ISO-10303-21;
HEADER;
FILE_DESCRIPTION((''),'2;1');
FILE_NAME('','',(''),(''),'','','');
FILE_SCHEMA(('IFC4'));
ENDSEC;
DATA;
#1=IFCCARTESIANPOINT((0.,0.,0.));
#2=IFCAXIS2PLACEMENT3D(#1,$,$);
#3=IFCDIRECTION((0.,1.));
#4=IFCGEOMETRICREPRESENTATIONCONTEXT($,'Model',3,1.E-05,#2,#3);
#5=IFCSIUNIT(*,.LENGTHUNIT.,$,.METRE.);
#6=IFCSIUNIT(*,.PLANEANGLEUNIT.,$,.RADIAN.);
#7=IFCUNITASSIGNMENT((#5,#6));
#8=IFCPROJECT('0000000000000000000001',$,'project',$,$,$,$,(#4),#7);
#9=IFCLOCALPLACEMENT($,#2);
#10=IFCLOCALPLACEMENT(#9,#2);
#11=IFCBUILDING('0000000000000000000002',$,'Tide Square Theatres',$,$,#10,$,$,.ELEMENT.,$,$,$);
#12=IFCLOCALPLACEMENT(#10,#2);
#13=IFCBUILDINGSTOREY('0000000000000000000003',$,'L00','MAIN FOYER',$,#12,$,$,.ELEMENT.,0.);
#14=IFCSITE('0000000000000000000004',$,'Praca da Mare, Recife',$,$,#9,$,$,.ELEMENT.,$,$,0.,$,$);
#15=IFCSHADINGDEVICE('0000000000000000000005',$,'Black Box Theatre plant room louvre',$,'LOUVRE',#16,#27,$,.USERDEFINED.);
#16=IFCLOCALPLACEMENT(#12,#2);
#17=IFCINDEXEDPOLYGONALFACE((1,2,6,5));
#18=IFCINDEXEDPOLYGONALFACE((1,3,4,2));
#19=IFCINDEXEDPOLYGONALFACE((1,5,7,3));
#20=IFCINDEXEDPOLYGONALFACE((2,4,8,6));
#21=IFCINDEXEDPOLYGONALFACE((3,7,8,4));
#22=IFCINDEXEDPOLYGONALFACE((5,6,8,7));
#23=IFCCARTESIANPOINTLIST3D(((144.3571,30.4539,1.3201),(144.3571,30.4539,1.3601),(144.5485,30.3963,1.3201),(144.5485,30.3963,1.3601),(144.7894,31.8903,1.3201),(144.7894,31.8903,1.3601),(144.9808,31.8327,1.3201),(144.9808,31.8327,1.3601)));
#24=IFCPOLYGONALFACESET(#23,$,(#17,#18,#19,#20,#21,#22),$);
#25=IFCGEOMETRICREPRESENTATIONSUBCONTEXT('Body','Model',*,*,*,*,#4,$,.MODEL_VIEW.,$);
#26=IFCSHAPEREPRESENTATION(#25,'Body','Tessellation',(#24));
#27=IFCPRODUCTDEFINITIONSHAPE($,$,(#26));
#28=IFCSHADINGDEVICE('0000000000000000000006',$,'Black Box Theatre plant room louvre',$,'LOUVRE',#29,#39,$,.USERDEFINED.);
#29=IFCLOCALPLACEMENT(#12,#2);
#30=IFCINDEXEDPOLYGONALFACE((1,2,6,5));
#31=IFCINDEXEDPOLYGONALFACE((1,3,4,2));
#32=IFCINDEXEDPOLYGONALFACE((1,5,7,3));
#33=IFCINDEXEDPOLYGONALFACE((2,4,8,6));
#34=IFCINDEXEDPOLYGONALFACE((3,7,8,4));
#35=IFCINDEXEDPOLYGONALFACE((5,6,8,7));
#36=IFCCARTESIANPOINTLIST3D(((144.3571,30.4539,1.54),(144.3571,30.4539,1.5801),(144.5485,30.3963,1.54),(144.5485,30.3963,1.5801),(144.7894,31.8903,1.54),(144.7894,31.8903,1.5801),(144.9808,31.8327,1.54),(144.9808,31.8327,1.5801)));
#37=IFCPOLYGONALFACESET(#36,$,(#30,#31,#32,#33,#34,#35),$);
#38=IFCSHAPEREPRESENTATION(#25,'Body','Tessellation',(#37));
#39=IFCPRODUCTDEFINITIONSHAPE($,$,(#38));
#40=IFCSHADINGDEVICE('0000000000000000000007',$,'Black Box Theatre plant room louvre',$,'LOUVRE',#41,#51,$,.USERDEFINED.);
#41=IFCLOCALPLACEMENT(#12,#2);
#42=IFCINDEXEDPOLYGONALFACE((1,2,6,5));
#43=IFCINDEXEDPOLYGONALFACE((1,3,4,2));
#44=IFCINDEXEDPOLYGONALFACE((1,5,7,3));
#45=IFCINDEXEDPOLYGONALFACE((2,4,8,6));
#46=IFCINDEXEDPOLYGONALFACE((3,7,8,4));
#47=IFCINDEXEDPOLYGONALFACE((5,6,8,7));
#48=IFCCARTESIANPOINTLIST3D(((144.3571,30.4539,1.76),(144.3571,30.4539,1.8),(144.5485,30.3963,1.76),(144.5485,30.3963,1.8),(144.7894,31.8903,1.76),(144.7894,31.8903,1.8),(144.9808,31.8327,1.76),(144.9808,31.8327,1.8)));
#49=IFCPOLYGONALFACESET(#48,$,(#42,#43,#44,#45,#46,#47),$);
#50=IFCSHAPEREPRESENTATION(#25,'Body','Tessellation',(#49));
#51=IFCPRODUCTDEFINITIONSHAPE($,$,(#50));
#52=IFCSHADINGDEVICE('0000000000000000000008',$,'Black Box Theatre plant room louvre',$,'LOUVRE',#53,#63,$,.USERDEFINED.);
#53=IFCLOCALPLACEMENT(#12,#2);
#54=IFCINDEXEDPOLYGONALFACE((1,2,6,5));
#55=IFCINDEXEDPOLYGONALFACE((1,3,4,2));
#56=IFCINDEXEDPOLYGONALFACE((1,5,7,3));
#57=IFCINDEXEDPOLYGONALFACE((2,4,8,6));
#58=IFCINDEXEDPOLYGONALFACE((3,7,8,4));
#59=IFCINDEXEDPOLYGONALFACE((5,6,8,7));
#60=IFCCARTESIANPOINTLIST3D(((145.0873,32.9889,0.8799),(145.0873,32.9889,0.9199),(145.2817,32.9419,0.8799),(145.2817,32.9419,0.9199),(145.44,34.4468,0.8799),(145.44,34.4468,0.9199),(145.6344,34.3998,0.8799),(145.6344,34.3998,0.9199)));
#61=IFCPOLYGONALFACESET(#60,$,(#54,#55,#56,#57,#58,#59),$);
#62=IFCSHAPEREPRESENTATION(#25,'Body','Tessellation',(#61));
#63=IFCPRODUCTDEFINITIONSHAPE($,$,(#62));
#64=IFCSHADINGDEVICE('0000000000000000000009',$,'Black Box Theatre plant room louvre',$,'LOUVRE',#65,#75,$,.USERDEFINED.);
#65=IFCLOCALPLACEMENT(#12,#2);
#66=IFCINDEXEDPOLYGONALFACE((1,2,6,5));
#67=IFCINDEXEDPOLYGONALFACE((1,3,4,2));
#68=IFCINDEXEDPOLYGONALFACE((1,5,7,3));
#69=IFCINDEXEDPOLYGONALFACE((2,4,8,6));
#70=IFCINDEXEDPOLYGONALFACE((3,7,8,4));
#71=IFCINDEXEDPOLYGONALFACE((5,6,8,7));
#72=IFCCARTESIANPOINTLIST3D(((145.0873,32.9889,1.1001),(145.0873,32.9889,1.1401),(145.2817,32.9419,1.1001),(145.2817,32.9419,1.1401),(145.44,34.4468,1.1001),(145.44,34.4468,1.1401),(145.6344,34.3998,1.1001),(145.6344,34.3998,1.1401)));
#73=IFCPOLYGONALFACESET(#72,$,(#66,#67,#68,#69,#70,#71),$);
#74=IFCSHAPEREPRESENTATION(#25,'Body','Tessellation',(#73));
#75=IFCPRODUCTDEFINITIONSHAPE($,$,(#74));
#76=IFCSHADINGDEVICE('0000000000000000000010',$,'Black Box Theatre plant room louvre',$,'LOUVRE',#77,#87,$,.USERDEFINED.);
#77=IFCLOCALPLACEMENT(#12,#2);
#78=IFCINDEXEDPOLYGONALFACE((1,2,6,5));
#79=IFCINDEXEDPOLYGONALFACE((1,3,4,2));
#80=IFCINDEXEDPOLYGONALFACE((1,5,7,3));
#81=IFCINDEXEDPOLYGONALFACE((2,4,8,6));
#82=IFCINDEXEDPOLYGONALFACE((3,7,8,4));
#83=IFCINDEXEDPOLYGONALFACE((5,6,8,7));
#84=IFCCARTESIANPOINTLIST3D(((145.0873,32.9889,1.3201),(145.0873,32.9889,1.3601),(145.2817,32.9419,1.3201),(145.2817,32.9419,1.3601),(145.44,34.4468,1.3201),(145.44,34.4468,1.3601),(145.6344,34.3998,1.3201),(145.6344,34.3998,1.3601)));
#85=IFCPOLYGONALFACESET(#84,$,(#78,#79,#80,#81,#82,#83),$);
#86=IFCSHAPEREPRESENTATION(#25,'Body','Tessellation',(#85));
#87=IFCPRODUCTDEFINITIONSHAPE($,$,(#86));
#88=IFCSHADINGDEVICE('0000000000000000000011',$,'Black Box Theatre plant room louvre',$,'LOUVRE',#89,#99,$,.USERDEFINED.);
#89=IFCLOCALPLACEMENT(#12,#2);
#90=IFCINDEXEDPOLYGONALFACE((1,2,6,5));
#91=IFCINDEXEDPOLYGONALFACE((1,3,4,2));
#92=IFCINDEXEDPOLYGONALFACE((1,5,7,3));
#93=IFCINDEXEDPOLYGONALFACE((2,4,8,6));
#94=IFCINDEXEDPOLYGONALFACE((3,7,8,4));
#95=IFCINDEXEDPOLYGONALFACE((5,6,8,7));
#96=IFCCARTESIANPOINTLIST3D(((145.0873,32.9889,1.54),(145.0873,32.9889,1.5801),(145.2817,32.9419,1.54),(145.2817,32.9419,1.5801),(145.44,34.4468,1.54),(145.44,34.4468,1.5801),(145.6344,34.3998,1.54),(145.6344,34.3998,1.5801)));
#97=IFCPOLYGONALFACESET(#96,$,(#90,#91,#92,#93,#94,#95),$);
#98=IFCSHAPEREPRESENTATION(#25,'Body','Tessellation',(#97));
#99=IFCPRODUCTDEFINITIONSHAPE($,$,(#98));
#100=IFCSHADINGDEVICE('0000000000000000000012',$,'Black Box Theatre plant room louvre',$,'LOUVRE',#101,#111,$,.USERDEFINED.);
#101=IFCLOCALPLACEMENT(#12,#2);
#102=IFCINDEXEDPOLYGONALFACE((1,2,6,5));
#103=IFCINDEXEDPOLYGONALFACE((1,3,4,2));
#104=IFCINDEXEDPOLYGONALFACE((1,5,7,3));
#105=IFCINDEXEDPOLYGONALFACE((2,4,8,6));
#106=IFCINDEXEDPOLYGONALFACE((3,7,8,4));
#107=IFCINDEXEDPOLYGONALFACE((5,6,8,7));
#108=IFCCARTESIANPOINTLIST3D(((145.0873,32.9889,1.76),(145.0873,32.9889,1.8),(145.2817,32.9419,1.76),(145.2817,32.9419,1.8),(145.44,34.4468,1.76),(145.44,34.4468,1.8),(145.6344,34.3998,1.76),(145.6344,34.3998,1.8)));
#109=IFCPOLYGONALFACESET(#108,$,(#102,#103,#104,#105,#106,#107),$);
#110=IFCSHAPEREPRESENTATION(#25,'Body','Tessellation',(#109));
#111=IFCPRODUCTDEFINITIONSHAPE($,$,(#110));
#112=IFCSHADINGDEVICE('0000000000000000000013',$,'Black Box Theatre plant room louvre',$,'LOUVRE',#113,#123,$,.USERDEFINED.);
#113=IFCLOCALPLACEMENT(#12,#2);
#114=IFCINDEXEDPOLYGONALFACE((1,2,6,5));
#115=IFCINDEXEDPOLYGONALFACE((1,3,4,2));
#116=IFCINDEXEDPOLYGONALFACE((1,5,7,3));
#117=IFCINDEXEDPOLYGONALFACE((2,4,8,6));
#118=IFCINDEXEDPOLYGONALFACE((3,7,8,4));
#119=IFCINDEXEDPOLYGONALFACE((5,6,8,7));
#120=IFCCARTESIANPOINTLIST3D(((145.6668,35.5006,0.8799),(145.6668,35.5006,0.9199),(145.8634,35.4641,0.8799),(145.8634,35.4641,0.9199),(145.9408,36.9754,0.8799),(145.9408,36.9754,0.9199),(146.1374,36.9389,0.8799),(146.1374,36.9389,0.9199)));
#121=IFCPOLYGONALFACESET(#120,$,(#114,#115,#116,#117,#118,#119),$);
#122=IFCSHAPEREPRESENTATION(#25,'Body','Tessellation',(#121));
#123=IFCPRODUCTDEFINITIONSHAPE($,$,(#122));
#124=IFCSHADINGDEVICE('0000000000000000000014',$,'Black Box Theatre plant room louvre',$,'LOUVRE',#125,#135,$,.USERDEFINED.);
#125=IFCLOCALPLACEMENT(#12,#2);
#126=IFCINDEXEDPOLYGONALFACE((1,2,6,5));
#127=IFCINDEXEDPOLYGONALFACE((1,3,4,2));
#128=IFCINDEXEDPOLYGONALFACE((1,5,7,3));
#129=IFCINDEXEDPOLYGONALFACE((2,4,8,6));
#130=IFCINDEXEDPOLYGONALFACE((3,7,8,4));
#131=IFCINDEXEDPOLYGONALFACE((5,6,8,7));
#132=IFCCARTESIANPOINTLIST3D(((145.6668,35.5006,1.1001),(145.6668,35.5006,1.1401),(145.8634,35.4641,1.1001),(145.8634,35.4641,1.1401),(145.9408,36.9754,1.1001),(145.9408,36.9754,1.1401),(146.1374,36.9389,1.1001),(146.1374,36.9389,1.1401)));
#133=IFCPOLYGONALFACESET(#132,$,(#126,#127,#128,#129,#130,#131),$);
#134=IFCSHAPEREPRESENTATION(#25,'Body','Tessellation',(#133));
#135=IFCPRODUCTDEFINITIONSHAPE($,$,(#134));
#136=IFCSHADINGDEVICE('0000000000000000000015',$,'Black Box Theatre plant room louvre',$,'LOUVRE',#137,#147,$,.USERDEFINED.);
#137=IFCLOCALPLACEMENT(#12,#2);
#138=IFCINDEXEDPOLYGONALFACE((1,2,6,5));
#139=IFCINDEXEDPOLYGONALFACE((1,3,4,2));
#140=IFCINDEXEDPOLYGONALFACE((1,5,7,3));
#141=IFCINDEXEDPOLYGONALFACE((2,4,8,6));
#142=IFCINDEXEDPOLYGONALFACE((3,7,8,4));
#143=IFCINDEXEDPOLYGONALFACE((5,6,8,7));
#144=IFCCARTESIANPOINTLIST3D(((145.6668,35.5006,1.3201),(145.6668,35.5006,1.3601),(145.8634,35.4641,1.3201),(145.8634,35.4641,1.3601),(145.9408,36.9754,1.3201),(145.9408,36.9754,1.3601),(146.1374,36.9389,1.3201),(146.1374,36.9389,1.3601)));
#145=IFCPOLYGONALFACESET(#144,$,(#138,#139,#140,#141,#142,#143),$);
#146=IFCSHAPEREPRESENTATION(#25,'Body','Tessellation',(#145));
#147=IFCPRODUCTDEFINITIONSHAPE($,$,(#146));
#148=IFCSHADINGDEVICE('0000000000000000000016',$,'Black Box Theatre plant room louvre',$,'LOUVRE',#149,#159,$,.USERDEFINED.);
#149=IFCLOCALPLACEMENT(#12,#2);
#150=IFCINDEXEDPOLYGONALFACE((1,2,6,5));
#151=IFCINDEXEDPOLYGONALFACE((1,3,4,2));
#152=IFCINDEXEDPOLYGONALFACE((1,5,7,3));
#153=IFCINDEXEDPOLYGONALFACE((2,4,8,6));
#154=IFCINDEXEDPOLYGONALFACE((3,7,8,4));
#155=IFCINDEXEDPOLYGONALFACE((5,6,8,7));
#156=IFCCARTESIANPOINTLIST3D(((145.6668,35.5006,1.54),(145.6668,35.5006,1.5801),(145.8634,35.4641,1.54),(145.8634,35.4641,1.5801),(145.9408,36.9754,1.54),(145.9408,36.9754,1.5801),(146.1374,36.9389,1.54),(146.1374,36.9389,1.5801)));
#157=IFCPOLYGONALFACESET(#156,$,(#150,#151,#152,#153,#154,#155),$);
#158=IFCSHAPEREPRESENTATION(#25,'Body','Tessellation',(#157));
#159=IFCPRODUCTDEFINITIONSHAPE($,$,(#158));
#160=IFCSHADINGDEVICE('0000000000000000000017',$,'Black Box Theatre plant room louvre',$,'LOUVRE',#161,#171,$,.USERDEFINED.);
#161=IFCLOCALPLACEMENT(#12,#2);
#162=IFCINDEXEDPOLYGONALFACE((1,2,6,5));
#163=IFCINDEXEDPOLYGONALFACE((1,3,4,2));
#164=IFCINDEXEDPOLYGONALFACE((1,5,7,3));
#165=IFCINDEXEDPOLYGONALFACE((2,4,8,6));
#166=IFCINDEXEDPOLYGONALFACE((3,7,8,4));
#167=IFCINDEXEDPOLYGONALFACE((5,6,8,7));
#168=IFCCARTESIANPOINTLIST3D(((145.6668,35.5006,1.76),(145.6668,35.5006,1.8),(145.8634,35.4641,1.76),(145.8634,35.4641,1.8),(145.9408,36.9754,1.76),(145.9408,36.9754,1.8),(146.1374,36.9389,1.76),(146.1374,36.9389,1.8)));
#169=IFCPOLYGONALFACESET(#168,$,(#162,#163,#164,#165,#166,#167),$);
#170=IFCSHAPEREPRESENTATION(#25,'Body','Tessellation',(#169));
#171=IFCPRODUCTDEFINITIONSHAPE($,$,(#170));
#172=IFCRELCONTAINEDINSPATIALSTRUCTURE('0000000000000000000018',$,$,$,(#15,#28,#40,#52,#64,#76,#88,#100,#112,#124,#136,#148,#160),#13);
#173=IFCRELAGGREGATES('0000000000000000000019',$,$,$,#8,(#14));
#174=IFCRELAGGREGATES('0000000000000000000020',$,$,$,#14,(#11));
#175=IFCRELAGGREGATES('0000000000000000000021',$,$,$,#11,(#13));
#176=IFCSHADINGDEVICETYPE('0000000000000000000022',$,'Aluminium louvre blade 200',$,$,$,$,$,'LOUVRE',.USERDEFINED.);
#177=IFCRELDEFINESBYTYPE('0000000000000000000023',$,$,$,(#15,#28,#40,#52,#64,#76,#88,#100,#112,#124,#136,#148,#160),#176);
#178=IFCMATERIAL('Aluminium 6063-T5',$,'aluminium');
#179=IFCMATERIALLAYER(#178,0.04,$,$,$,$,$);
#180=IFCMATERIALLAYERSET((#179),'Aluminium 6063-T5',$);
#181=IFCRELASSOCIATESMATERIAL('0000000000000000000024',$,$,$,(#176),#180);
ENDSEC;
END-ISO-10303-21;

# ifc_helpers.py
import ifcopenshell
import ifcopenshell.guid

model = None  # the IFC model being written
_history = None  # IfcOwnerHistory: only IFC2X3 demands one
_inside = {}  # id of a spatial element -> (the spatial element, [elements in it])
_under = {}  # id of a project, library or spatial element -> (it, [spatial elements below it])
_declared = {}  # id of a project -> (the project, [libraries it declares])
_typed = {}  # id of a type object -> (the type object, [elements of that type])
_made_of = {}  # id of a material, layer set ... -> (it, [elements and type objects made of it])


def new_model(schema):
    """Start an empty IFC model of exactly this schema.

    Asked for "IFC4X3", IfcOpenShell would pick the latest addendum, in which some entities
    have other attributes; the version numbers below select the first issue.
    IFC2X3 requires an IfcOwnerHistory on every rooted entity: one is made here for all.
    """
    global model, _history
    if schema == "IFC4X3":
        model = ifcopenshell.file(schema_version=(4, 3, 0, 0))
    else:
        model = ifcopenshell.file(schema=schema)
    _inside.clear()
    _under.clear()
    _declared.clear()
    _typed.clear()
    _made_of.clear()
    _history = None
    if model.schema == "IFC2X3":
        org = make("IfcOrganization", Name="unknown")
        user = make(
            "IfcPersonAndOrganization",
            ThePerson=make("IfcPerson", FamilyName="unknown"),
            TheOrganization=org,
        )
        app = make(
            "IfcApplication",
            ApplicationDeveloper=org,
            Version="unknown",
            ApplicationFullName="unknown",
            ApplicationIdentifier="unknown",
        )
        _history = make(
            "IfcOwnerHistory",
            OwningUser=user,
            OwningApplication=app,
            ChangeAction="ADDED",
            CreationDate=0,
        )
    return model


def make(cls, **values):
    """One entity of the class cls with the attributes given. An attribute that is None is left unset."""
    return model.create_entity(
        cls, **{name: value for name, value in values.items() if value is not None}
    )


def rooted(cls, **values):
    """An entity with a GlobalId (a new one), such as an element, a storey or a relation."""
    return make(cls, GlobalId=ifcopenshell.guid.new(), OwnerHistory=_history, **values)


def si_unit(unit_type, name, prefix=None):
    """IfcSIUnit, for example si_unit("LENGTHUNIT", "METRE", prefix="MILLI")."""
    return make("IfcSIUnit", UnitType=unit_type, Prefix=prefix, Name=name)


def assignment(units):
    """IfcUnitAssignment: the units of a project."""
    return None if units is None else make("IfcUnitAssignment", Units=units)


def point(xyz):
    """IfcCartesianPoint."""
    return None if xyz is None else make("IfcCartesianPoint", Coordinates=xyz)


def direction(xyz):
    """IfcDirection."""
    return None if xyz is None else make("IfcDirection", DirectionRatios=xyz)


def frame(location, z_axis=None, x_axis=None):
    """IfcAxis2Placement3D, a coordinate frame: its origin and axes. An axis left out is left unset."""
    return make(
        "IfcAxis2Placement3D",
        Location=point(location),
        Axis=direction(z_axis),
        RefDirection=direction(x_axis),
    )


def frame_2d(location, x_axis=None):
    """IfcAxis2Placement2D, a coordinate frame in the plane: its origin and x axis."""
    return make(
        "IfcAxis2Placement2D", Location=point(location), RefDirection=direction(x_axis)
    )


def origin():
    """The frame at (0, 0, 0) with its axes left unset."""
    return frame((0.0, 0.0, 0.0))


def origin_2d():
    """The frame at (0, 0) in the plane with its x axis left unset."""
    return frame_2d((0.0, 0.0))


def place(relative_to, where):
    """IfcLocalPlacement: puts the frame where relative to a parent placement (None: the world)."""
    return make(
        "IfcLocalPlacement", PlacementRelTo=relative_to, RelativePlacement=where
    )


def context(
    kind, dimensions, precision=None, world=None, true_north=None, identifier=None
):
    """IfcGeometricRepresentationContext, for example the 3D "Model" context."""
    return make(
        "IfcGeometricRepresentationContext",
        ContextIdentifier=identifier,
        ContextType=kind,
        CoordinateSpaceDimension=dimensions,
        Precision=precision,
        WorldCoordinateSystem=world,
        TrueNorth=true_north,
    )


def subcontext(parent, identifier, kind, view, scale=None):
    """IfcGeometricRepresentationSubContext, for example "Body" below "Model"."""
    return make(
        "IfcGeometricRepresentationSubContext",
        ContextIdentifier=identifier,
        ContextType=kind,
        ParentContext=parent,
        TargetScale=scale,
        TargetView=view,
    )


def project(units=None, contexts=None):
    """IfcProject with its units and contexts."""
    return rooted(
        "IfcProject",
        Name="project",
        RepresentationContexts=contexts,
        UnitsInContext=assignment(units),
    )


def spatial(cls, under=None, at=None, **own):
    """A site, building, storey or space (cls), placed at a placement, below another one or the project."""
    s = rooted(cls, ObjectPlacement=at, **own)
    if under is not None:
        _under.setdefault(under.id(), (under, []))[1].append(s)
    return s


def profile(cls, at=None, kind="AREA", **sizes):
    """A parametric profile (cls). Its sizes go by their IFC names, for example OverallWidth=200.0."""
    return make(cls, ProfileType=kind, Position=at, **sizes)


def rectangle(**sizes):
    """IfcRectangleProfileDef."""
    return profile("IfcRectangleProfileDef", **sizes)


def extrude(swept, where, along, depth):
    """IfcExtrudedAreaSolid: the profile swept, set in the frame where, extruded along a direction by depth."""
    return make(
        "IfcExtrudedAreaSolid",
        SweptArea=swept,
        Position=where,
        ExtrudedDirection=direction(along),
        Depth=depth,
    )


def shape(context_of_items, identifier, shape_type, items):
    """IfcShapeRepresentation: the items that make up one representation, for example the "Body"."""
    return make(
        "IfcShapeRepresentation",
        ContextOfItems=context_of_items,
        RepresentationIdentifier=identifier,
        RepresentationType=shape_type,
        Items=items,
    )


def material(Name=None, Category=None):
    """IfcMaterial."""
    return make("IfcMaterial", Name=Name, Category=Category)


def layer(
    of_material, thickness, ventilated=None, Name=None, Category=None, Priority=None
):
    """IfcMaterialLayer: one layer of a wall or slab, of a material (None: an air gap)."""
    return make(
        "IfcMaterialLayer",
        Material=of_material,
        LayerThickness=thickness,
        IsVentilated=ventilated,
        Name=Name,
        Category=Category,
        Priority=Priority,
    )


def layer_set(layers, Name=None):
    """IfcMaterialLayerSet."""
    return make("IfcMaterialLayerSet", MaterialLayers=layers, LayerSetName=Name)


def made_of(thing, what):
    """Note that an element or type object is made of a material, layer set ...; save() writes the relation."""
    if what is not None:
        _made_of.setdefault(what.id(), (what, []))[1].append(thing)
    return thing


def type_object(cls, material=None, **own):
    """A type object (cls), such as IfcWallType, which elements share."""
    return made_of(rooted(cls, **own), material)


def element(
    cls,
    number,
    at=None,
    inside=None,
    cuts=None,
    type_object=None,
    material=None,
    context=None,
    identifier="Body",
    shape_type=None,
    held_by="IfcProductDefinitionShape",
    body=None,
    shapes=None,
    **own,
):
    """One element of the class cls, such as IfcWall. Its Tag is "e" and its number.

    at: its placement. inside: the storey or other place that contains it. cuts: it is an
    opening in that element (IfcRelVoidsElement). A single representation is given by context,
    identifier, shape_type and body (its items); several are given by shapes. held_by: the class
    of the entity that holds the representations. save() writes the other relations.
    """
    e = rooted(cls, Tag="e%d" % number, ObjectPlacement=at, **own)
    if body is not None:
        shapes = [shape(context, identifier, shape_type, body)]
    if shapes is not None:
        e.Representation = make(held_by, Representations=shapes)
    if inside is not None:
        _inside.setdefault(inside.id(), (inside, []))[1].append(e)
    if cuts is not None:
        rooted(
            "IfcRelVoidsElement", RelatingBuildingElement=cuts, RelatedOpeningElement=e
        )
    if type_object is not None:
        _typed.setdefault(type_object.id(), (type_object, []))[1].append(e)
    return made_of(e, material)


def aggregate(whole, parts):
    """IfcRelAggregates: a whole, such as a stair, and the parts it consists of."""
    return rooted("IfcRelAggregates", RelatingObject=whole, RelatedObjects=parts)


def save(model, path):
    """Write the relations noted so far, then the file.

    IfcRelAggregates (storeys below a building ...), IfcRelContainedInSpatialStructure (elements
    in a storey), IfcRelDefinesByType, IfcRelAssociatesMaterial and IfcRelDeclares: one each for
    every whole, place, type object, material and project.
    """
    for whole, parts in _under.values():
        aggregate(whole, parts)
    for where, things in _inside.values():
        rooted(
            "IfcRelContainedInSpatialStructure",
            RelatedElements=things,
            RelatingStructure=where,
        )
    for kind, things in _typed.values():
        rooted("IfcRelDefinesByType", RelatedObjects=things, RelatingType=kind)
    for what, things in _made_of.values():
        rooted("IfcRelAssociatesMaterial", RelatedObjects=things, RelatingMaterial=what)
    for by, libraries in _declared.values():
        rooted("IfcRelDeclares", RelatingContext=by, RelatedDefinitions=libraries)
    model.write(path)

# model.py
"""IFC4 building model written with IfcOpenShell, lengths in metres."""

from ifc_helpers import new_model, si_unit, direction, frame, origin, origin_2d, place, context, subcontext, project, spatial, rectangle, extrude, material, layer, layer_set, type_object, element, save


model = new_model("IFC4")

# Units and contexts
model_context = context("Model", 3, precision=1e-05, world=origin(), true_north=direction((0.0, 1.0)))
body_context = subcontext(model_context, "Body", "Model", "MODEL_VIEW")
ifc_project = project(units=[si_unit("LENGTHUNIT", "METRE"), si_unit("PLANEANGLEUNIT", "RADIAN")], contexts=[model_context])

# Site, building, storey
site_placement = place(None, origin())
site = spatial("IfcSite", under=ifc_project, at=site_placement, Name="Praca da Mare, Recife", CompositionType="ELEMENT", RefElevation=0.0)
building_placement = place(site_placement, origin())
building = spatial("IfcBuilding", under=site, at=building_placement, Name="Tide Square Theatres", CompositionType="ELEMENT")
storey_placement = place(building_placement, origin())
storey = spatial("IfcBuildingStorey", under=building, at=storey_placement, Name="L00", Description="MAIN FOYER", CompositionType="ELEMENT", Elevation=0.0)

# Shading devices
ifc_material_1 = material(Name="Aluminium 6063-T5", Category="aluminium")
ifc_layer_1 = layer(ifc_material_1, 0.04)
ifc_layer_set_1 = layer_set([ifc_layer_1], Name="Aluminium 6063-T5")
shading_device_type = type_object("IfcShadingDeviceType", Name="Aluminium louvre blade 200", ElementType="LOUVRE", PredefinedType="USERDEFINED", material=ifc_layer_set_1)
for number, where, z_axis, x_axis, name in (
    (1, (144.6689, 31.1433, 1.3201), (0.0, 0.0, 1.0), (0.288196, 0.957571, 0.0), "Black Box Theatre plant room louvre"),
    (2, (144.6689, 31.1433, 1.54), (0.0, 0.0, 1.0), (0.288196, 0.957571, 0.0), "Black Box Theatre plant room louvre"),
    (3, (144.6689, 31.1433, 1.76), (0.0, 0.0, 1.0), (0.288196, 0.957571, 0.0), "Black Box Theatre plant room louvre"),
    (4, (145.3608, 33.6943, 0.8799), (0.0, 0.0, 1.0), (0.235142, 0.971961, 0.0), "Black Box Theatre plant room louvre"),
    (5, (145.3608, 33.6943, 1.1001), (0.0, 0.0, 1.0), (0.235142, 0.971961, 0.0), "Black Box Theatre plant room louvre"),
    (6, (145.3608, 33.6943, 1.3201), (0.0, 0.0, 1.0), (0.235142, 0.971961, 0.0), "Black Box Theatre plant room louvre"),
    (7, (145.3608, 33.6943, 1.54), (0.0, 0.0, 1.0), (0.235142, 0.971961, 0.0), "Black Box Theatre plant room louvre"),
    (8, (145.3608, 33.6943, 1.76), (0.0, 0.0, 1.0), (0.235142, 0.971961, 0.0), "Black Box Theatre plant room louvre"),
    (9, (145.9021, 36.2197, 0.8799), (0.0, 0.0, 1.0), (0.18263, 0.983182, 0.0), "Black Box Theatre plant room louvre"),
    (10, (145.9021, 36.2197, 1.1001), (0.0, 0.0, 1.0), (0.18263, 0.983182, 0.0), "Black Box Theatre plant room louvre"),
    (11, (145.9021, 36.2197, 1.3201), (0.0, 0.0, 1.0), (0.18263, 0.983182, 0.0), "Black Box Theatre plant room louvre"),
    (12, (145.9021, 36.2197, 1.54), (0.0, 0.0, 1.0), (0.18263, 0.983182, 0.0), "Black Box Theatre plant room louvre"),
    (13, (145.9021, 36.2197, 1.76), (0.0, 0.0, 1.0), (0.18263, 0.983182, 0.0), "Black Box Theatre plant room louvre"),
):
    element("IfcShadingDevice", number, at=place(storey_placement, frame(where, z_axis=z_axis, x_axis=x_axis)), inside=storey, type_object=shading_device_type, Name=name, ObjectType="LOUVRE", PredefinedType="USERDEFINED", context=body_context, shape_type="SweptSolid", body=[
        extrude(rectangle(XDim=1.5, YDim=0.2, at=origin_2d()), origin(), (0.0, 0.0, 1.0), 0.04),
    ])

save(model, "model.ifc")
